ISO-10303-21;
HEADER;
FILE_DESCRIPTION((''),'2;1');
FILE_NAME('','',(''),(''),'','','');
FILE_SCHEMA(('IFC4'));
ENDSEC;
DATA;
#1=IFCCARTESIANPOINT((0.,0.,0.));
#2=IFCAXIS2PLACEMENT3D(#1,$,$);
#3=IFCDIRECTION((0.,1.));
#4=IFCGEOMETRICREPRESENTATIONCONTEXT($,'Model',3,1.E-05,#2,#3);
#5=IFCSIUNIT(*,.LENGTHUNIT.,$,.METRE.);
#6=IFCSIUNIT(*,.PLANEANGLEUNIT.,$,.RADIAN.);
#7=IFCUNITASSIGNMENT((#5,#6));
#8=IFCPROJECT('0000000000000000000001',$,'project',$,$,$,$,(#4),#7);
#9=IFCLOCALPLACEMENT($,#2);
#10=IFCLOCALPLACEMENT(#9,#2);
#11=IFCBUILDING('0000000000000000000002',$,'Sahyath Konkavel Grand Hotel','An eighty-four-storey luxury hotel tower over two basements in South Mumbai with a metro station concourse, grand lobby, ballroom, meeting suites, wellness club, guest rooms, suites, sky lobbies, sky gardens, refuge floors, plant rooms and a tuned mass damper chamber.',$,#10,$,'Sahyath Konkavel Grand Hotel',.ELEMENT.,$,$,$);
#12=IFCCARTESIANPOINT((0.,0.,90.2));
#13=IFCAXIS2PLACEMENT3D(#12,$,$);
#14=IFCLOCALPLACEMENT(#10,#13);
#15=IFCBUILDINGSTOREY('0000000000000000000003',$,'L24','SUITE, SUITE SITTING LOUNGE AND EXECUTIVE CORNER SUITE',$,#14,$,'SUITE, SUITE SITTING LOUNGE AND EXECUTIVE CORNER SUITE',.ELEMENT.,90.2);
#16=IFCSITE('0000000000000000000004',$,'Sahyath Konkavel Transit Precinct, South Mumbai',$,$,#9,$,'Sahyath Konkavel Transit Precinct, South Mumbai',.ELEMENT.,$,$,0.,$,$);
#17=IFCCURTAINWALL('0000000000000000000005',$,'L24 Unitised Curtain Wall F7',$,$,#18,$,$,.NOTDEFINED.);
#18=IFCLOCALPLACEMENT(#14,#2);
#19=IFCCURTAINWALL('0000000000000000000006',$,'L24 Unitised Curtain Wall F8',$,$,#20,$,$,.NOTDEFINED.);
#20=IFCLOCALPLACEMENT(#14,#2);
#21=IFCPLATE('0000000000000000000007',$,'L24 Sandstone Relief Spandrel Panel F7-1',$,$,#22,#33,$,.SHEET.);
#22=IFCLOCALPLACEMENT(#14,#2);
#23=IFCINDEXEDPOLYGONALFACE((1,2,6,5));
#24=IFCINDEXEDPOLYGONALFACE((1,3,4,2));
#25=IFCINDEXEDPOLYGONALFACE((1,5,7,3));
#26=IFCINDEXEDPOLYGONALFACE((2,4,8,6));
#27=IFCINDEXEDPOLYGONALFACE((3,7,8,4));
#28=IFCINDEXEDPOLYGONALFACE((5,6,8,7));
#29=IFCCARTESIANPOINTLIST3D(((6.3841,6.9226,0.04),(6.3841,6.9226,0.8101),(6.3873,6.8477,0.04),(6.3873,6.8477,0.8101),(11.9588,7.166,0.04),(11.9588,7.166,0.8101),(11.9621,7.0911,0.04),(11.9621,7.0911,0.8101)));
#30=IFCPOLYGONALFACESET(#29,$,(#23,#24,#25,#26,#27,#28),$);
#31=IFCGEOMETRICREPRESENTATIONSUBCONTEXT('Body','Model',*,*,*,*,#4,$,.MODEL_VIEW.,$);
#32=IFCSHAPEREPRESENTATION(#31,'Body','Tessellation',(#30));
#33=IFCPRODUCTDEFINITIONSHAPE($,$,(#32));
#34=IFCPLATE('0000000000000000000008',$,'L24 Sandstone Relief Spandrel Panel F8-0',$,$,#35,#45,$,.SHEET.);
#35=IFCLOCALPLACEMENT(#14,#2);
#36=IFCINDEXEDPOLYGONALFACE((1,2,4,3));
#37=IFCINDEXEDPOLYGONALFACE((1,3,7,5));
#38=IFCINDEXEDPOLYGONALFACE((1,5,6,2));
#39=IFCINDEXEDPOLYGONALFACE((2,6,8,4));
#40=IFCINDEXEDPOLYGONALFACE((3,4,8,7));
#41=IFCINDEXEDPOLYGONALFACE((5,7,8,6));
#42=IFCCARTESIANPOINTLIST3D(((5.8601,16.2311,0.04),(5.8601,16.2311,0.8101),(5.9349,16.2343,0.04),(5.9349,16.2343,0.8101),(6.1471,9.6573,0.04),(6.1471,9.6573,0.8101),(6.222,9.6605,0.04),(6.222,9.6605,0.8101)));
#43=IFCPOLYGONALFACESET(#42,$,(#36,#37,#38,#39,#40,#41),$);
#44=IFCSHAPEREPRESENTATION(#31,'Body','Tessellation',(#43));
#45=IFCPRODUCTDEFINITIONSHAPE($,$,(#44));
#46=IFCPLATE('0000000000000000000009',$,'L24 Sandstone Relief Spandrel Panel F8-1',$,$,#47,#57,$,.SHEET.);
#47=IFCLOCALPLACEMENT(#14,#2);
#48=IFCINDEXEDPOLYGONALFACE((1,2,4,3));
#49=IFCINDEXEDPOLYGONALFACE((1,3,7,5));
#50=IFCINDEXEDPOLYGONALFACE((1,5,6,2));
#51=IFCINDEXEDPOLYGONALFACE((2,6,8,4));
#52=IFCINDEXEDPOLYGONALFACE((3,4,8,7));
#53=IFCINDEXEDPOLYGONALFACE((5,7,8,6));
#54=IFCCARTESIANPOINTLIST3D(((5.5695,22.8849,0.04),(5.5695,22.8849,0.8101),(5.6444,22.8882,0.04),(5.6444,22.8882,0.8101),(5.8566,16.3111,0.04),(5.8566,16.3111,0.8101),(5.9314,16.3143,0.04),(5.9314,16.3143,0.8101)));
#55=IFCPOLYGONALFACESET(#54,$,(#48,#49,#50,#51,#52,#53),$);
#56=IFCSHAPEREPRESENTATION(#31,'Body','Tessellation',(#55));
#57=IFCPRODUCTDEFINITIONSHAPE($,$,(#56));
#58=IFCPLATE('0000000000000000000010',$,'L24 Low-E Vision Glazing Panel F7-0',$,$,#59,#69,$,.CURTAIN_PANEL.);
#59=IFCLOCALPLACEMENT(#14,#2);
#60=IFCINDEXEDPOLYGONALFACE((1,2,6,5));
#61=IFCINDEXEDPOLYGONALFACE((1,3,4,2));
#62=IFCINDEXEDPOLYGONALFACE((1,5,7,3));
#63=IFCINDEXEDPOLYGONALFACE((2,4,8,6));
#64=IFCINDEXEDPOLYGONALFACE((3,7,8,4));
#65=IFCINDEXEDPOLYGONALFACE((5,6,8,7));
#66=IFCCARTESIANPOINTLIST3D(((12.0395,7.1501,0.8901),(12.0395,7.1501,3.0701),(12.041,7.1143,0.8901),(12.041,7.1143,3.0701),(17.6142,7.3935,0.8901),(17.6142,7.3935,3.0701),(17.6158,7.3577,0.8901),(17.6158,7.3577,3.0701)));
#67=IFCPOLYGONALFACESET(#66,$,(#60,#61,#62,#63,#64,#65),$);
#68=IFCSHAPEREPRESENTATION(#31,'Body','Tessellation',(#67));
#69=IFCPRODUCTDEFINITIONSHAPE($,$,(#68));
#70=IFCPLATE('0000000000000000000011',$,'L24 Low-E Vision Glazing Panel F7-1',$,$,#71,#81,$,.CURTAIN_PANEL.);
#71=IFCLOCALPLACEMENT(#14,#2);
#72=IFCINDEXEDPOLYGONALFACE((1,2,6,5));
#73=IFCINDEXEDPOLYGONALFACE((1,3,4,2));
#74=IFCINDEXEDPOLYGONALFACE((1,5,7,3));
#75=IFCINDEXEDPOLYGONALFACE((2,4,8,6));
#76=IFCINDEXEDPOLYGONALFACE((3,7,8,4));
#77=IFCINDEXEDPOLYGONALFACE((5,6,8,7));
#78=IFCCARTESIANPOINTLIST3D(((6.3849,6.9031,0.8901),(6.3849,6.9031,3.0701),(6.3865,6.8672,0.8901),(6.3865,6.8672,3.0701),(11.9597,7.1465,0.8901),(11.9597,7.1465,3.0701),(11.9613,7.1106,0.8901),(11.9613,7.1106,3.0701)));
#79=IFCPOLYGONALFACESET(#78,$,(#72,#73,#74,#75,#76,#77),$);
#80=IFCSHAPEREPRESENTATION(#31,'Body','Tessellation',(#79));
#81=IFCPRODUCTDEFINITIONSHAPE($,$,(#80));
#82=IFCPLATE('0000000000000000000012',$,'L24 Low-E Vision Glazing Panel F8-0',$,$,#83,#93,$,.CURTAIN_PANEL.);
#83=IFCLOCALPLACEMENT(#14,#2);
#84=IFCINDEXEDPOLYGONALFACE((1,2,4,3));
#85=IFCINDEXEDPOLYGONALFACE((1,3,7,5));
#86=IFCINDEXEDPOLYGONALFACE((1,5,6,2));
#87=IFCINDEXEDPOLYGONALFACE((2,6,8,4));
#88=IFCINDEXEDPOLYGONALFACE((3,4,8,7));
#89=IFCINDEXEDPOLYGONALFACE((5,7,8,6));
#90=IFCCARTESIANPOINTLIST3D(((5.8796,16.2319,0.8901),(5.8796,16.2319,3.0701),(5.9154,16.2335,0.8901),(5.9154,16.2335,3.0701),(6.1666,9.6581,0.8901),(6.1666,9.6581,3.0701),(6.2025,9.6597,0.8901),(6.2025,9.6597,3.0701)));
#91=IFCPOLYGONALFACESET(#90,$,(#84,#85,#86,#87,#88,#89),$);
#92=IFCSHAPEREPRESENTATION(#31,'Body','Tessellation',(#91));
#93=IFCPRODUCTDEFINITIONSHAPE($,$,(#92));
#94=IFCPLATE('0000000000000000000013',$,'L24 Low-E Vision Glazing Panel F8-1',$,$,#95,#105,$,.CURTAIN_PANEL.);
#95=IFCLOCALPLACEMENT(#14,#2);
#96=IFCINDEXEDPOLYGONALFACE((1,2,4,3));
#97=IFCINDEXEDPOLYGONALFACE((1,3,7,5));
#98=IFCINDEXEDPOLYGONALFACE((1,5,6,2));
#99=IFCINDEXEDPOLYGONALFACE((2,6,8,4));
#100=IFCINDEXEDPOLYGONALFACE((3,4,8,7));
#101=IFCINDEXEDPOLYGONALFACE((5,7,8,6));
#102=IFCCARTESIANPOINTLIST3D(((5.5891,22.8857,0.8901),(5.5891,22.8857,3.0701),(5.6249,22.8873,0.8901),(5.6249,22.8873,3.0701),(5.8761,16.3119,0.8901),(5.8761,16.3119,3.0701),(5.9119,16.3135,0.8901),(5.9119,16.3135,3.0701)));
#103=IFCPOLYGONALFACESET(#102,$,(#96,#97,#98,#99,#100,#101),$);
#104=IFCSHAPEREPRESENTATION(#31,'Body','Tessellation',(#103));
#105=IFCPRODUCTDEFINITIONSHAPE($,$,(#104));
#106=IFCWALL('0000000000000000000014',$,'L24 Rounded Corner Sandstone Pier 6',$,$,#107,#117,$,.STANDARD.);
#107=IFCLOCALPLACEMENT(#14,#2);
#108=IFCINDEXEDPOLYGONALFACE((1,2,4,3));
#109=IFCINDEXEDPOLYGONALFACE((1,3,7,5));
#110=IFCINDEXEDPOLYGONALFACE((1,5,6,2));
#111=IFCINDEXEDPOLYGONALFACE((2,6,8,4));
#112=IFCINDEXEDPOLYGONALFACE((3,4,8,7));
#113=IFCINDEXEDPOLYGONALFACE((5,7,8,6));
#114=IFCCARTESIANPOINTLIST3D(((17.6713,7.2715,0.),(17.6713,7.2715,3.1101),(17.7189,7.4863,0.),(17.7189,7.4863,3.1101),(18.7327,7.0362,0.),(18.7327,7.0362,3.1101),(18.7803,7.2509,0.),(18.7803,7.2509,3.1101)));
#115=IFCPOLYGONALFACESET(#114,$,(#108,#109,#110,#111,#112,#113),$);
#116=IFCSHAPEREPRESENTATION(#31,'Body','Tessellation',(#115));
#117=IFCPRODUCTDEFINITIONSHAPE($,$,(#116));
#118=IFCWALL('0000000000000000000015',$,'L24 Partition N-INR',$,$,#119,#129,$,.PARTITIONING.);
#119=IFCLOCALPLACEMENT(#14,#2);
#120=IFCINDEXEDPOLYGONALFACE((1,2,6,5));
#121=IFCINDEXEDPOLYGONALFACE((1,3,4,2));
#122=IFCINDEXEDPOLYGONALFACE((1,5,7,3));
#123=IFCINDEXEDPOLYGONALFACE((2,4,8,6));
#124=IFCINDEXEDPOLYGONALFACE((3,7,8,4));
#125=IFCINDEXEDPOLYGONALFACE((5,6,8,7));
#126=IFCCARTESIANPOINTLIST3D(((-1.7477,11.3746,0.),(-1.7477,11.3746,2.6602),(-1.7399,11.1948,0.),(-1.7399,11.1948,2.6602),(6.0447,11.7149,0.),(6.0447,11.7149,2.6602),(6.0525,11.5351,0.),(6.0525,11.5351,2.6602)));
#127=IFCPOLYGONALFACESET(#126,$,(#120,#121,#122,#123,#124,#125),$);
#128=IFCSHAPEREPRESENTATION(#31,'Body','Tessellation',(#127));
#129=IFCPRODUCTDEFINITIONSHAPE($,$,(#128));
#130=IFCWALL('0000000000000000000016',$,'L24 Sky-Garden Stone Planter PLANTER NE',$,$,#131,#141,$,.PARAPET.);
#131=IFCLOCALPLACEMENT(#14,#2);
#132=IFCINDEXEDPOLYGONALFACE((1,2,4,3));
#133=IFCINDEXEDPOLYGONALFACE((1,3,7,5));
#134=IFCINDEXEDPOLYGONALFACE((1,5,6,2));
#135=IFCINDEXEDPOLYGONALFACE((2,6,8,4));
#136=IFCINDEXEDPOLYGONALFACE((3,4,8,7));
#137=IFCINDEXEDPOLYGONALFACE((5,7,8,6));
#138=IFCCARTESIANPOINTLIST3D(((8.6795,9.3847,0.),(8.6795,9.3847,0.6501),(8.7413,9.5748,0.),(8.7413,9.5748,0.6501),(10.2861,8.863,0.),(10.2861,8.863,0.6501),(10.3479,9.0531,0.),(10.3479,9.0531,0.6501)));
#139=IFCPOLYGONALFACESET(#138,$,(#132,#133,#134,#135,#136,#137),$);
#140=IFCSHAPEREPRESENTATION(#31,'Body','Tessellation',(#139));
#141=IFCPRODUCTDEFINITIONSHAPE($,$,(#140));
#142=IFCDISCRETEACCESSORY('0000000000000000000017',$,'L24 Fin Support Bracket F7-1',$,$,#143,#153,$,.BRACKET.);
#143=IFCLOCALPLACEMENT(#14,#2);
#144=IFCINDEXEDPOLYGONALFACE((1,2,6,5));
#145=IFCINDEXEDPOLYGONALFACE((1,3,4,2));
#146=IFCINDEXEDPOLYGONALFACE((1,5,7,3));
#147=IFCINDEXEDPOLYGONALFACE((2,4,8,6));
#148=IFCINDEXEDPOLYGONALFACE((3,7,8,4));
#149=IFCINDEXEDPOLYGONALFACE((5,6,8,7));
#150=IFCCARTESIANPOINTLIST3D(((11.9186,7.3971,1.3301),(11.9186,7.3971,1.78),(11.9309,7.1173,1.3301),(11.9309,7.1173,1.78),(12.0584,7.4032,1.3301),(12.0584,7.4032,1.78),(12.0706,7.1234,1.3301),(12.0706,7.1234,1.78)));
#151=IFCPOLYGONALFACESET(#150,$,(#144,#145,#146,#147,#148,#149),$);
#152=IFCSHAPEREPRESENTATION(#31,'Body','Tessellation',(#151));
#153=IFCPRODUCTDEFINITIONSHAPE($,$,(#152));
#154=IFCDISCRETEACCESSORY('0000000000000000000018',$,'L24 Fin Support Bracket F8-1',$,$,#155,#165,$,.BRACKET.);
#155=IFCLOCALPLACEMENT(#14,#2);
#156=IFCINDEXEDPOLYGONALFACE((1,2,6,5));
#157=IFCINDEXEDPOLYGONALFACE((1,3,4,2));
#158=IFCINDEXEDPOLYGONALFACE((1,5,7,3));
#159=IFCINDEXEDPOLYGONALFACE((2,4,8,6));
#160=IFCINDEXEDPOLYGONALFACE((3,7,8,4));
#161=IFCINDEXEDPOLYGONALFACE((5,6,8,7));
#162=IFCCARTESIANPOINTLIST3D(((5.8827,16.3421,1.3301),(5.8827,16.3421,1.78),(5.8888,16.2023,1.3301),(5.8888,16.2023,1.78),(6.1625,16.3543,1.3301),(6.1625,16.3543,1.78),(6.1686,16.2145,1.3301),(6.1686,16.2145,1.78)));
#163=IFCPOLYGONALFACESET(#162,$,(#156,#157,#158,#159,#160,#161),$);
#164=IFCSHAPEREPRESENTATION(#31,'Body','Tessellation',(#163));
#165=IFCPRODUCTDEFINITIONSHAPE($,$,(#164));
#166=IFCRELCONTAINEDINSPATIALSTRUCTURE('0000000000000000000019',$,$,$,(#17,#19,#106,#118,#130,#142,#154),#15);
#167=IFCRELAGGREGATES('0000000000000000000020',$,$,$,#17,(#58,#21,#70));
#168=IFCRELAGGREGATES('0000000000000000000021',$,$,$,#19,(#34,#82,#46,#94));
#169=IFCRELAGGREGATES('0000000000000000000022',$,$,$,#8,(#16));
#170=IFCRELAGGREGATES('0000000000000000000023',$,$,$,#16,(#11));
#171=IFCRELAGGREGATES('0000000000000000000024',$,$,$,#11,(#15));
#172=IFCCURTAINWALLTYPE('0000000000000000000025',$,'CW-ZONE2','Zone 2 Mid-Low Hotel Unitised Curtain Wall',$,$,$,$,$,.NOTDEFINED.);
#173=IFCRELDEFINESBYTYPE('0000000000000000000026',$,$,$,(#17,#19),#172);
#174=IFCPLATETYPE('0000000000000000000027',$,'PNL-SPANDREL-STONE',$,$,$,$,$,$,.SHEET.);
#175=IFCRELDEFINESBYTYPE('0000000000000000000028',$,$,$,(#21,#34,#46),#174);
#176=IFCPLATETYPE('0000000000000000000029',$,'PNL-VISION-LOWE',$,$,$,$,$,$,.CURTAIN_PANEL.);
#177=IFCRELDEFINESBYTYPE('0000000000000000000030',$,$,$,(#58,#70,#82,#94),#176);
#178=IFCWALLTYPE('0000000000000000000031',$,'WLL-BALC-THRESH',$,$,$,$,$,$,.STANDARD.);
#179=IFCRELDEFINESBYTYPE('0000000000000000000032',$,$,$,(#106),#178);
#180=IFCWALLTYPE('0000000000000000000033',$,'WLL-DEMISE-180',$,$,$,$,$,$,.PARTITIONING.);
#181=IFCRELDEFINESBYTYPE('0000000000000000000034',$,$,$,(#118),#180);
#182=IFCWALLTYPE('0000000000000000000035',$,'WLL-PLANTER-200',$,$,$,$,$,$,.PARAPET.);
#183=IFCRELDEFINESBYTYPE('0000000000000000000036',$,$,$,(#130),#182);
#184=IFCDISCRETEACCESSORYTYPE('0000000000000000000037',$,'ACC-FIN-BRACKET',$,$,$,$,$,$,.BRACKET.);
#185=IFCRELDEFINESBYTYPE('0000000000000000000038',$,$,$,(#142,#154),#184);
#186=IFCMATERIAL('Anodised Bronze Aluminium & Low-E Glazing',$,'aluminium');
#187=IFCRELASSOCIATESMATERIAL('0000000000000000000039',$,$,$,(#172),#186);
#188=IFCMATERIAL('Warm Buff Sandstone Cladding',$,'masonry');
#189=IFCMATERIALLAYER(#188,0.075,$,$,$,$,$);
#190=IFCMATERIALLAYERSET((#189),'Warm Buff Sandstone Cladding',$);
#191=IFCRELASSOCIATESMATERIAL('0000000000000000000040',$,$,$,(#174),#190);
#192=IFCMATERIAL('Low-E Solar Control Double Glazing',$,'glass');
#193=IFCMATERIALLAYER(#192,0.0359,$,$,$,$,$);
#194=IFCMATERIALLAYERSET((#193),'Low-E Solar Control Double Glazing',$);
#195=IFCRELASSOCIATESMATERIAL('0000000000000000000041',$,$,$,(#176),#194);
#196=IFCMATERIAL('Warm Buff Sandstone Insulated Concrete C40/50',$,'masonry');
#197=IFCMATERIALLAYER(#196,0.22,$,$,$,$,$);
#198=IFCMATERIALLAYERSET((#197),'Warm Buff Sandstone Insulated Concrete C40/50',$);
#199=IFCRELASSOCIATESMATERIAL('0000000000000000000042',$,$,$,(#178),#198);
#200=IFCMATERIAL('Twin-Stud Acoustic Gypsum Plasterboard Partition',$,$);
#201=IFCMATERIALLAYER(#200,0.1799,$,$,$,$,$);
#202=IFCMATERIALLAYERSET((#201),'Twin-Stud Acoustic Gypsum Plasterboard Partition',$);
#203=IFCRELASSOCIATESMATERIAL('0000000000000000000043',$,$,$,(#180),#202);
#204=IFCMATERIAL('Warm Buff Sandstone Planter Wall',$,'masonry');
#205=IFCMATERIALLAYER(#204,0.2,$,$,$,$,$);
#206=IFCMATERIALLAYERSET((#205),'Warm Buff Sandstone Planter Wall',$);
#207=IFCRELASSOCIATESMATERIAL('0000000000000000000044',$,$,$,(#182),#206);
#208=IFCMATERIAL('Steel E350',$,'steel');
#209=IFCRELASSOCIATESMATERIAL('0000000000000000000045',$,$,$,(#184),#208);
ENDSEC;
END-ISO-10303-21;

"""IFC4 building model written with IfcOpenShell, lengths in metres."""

from ifc_helpers import new_model, si_unit, direction, frame, frame_2d, origin, origin_2d, place, context, subcontext, project, spatial, rectangle, extrude, source, transform, mapped, material, layer, layer_set, type_object, element, aggregate, save


model = new_model("IFC4")

# Units and contexts
model_context = context("Model", 3, precision=1e-05, world=origin(), true_north=direction((0.0, 1.0)))
body_context = subcontext(model_context, "Body", "Model", "MODEL_VIEW")
ifc_project = project(units=[si_unit("LENGTHUNIT", "METRE"), si_unit("PLANEANGLEUNIT", "RADIAN")], contexts=[model_context])

# Site, building, storey
site_placement = place(None, origin())
site = spatial("IfcSite", under=ifc_project, at=site_placement, Name="Sahyath Konkavel Transit Precinct, South Mumbai", LongName="Sahyath Konkavel Transit Precinct, South Mumbai", CompositionType="ELEMENT", RefElevation=0.0)
building_placement = place(site_placement, origin())
building = spatial("IfcBuilding", under=site, at=building_placement, Name="Sahyath Konkavel Grand Hotel", Description="An eighty-four-storey luxury hotel tower over two basements in South Mumbai with a metro station concourse, grand lobby, ballroom, meeting suites, wellness club, guest rooms, suites, sky lobbies, sky gardens, refuge floors, plant rooms and a tuned mass damper chamber.", LongName="Sahyath Konkavel Grand Hotel", CompositionType="ELEMENT")
storey_placement = place(building_placement, frame((0.0, 0.0, 90.2)))
storey = spatial("IfcBuildingStorey", under=building, at=storey_placement, Name="L24", Description="SUITE, SUITE SITTING LOUNGE AND EXECUTIVE CORNER SUITE", LongName="SUITE, SUITE SITTING LOUNGE AND EXECUTIVE CORNER SUITE", CompositionType="ELEMENT", Elevation=90.2)

# Curtain walls
ifc_material_1 = material(Name="Anodised Bronze Aluminium & Low-E Glazing", Category="aluminium")
curtain_wall_type = type_object("IfcCurtainWallType", Name="CW-ZONE2", Description="Zone 2 Mid-Low Hotel Unitised Curtain Wall", PredefinedType="NOTDEFINED", material=ifc_material_1)
curtain_wall_1_placement = place(storey_placement, origin())
curtain_wall_1 = element("IfcCurtainWall", 1, at=curtain_wall_1_placement, inside=storey, type_object=curtain_wall_type, Name="L24 Unitised Curtain Wall F7", PredefinedType="NOTDEFINED")
curtain_wall_2_placement = place(storey_placement, origin())
curtain_wall_2 = element("IfcCurtainWall", 2, at=curtain_wall_2_placement, inside=storey, type_object=curtain_wall_type, Name="L24 Unitised Curtain Wall F8", PredefinedType="NOTDEFINED")

# Plates
ifc_material_2 = material(Name="Warm Buff Sandstone Cladding", Category="masonry")
ifc_layer_1 = layer(ifc_material_2, 0.075)
ifc_layer_set_1 = layer_set([ifc_layer_1], Name="Warm Buff Sandstone Cladding")
plate_type_1 = type_object("IfcPlateType", Name="PNL-SPANDREL-STONE", PredefinedType="SHEET", material=ifc_layer_set_1)
shared_shape_1 = source(origin(), body_context, "Body", "SweptSolid", [
    extrude(rectangle(XDim=5.5801, YDim=0.075, at=origin_2d()), origin(), (0.0, 0.0, 1.0), 0.77),
])
plate_1_placement = place(storey_placement, frame((9.1731, 7.0068, 0.04), z_axis=(0.0, 0.0, 1.0), x_axis=(-0.999048, -0.043619, 0.0)))
plate_1 = element("IfcPlate", 3, at=plate_1_placement, type_object=plate_type_1, Name="L24 Sandstone Relief Spandrel Panel F7-1", PredefinedType="SHEET", context=body_context, shape_type="MappedRepresentation", body=[
    mapped(shared_shape_1, transform((0.0, 0.0, 0.0), scale=1.0)),
])
shared_shape_2 = source(origin(), body_context, "Body", "SweptSolid", [
    extrude(rectangle(XDim=6.5801, YDim=0.075, at=origin_2d()), origin(), (0.0, 0.0, 1.0), 0.77),
])
plate_2_placement = place(storey_placement, frame((6.041, 12.9458, 0.04), z_axis=(0.0, 0.0, 1.0), x_axis=(-0.043619, 0.999048, 0.0)))
plate_2 = element("IfcPlate", 4, at=plate_2_placement, type_object=plate_type_1, Name="L24 Sandstone Relief Spandrel Panel F8-0", PredefinedType="SHEET", context=body_context, shape_type="MappedRepresentation", body=[
    mapped(shared_shape_2, transform((0.0, 0.0, 0.0), scale=1.0)),
])
plate_3_placement = place(storey_placement, frame((5.7505, 19.5996, 0.04), z_axis=(0.0, 0.0, 1.0), x_axis=(-0.043619, 0.999048, 0.0)))
plate_3 = element("IfcPlate", 5, at=plate_3_placement, type_object=plate_type_1, Name="L24 Sandstone Relief Spandrel Panel F8-1", PredefinedType="SHEET", context=body_context, shape_type="MappedRepresentation", body=[
    mapped(shared_shape_2, transform((0.0, 0.0, 0.0), scale=1.0)),
])
ifc_material_3 = material(Name="Low-E Solar Control Double Glazing", Category="glass")
ifc_layer_2 = layer(ifc_material_3, 0.0359)
ifc_layer_set_2 = layer_set([ifc_layer_2], Name="Low-E Solar Control Double Glazing")
plate_type_2 = type_object("IfcPlateType", Name="PNL-VISION-LOWE", PredefinedType="CURTAIN_PANEL", material=ifc_layer_set_2)
shared_shape_3 = source(origin(), body_context, "Body", "SweptSolid", [
    extrude(rectangle(XDim=5.5801, YDim=0.0359, at=origin_2d()), origin(), (0.0, 0.0, 1.0), 2.1799),
])
plate_4_placement = place(storey_placement, frame((14.8276, 7.2539, 0.8901), z_axis=(0.0, 0.0, 1.0), x_axis=(-0.999048, -0.043619, 0.0)))
plate_4 = element("IfcPlate", 6, at=plate_4_placement, type_object=plate_type_2, Name="L24 Low-E Vision Glazing Panel F7-0", PredefinedType="CURTAIN_PANEL", context=body_context, shape_type="MappedRepresentation", body=[
    mapped(shared_shape_3, transform((0.0, 0.0, 0.0), scale=1.0)),
])
plate_5_placement = place(storey_placement, frame((9.1731, 7.0068, 0.8901), z_axis=(0.0, 0.0, 1.0), x_axis=(-0.999048, -0.043619, 0.0)))
plate_5 = element("IfcPlate", 7, at=plate_5_placement, type_object=plate_type_2, Name="L24 Low-E Vision Glazing Panel F7-1", PredefinedType="CURTAIN_PANEL", context=body_context, shape_type="MappedRepresentation", body=[
    mapped(shared_shape_3, transform((0.0, 0.0, 0.0), scale=1.0)),
])
aggregate(curtain_wall_1, [plate_4, plate_1, plate_5])
shared_shape_4 = source(origin(), body_context, "Body", "SweptSolid", [
    extrude(rectangle(XDim=6.5801, YDim=0.0359, at=origin_2d()), origin(), (0.0, 0.0, 1.0), 2.1799),
])
plate_6_placement = place(storey_placement, frame((6.041, 12.9458, 0.8901), z_axis=(0.0, 0.0, 1.0), x_axis=(-0.043619, 0.999048, 0.0)))
plate_6 = element("IfcPlate", 8, at=plate_6_placement, type_object=plate_type_2, Name="L24 Low-E Vision Glazing Panel F8-0", PredefinedType="CURTAIN_PANEL", context=body_context, shape_type="MappedRepresentation", body=[
    mapped(shared_shape_4, transform((0.0, 0.0, 0.0), scale=1.0)),
])
plate_7_placement = place(storey_placement, frame((5.7505, 19.5996, 0.8901), z_axis=(0.0, 0.0, 1.0), x_axis=(-0.043619, 0.999048, 0.0)))
plate_7 = element("IfcPlate", 9, at=plate_7_placement, type_object=plate_type_2, Name="L24 Low-E Vision Glazing Panel F8-1", PredefinedType="CURTAIN_PANEL", context=body_context, shape_type="MappedRepresentation", body=[
    mapped(shared_shape_4, transform((0.0, 0.0, 0.0), scale=1.0)),
])
aggregate(curtain_wall_2, [plate_2, plate_6, plate_3, plate_7])

# Walls
ifc_material_4 = material(Name="Warm Buff Sandstone Insulated Concrete C40/50", Category="masonry")
ifc_layer_3 = layer(ifc_material_4, 0.22)
ifc_layer_set_3 = layer_set([ifc_layer_3], Name="Warm Buff Sandstone Insulated Concrete C40/50")
wall_type_1 = type_object("IfcWallType", Name="WLL-BALC-THRESH", PredefinedType="STANDARD", material=ifc_layer_set_3)
wall_1_placement = place(storey_placement, frame((18.7563, 7.1436, 0.0), z_axis=(0.0, 0.0, 1.0), x_axis=(-0.976282, 0.216502, 0.0)))
element("IfcWall", 10, at=wall_1_placement, inside=storey, type_object=wall_type_1, Name="L24 Rounded Corner Sandstone Pier 6", PredefinedType="STANDARD", context=body_context, shape_type="SweptSolid", body=[
    extrude(rectangle(XDim=1.0872, YDim=0.22, at=frame_2d((0.5435, 0.0))), origin(), (0.0, 0.0, 1.0), 3.1101),
])
ifc_material_5 = material(Name="Twin-Stud Acoustic Gypsum Plasterboard Partition")
ifc_layer_4 = layer(ifc_material_5, 0.1799)
ifc_layer_set_4 = layer_set([ifc_layer_4], Name="Twin-Stud Acoustic Gypsum Plasterboard Partition")
wall_type_2 = type_object("IfcWallType", Name="WLL-DEMISE-180", PredefinedType="PARTITIONING", material=ifc_layer_set_4)
wall_2_placement = place(storey_placement, frame((6.0486, 11.625, 0.0), z_axis=(0.0, 0.0, 1.0), x_axis=(-0.999048, -0.043633, 0.0)))
element("IfcWall", 11, at=wall_2_placement, inside=storey, type_object=wall_type_2, Name="L24 Partition N-INR", PredefinedType="PARTITIONING", context=body_context, shape_type="SweptSolid", body=[
    extrude(rectangle(XDim=7.7998, YDim=0.1799, at=frame_2d((3.8999, 0.0))), origin(), (0.0, 0.0, 1.0), 2.6602),
])
ifc_material_6 = material(Name="Warm Buff Sandstone Planter Wall", Category="masonry")
ifc_layer_5 = layer(ifc_material_6, 0.2)
ifc_layer_set_5 = layer_set([ifc_layer_5], Name="Warm Buff Sandstone Planter Wall")
wall_type_3 = type_object("IfcWallType", Name="WLL-PLANTER-200", PredefinedType="PARAPET", material=ifc_layer_set_5)
wall_3_placement = place(storey_placement, frame((10.3171, 8.958, 0.0), z_axis=(0.0, 0.0, 1.0), x_axis=(-0.951112, 0.308848, 0.0)))
element("IfcWall", 12, at=wall_3_placement, inside=storey, type_object=wall_type_3, Name="L24 Sky-Garden Stone Planter PLANTER NE", PredefinedType="PARAPET", context=body_context, shape_type="SweptSolid", body=[
    extrude(rectangle(XDim=1.6892, YDim=0.2, at=frame_2d((0.8447, 0.0))), origin(), (0.0, 0.0, 1.0), 0.6501),
])

# Discrete accessories
ifc_material_7 = material(Name="Steel E350", Category="steel")
discrete_accessory_type = type_object("IfcDiscreteAccessoryType", Name="ACC-FIN-BRACKET", PredefinedType="BRACKET", material=ifc_material_7)
shared_shape_5 = source(origin(), body_context, "Body", "SweptSolid", [
    extrude(rectangle(XDim=0.28, YDim=0.1399, at=origin_2d()), origin(), (0.0, 0.0, 1.0), 0.45),
])
for number, where, z_axis, x_axis, name in (
    (13, (11.9946, 7.2603, 1.3301), (0.0, 0.0, 1.0), (-0.043619, 0.999048, 0.0), "L24 Fin Support Bracket F7-1"),
    (14, (6.0256, 16.2783, 1.3301), (0.0, 0.0, 1.0), (0.999048, 0.043619, 0.0), "L24 Fin Support Bracket F8-1"),
):
    element("IfcDiscreteAccessory", number, at=place(storey_placement, frame(where, z_axis=z_axis, x_axis=x_axis)), inside=storey, type_object=discrete_accessory_type, Name=name, PredefinedType="BRACKET", context=body_context, shape_type="MappedRepresentation", body=[
        mapped(shared_shape_5, transform((0.0, 0.0, 0.0), scale=1.0)),
    ])

save(model, "model.ifc")
